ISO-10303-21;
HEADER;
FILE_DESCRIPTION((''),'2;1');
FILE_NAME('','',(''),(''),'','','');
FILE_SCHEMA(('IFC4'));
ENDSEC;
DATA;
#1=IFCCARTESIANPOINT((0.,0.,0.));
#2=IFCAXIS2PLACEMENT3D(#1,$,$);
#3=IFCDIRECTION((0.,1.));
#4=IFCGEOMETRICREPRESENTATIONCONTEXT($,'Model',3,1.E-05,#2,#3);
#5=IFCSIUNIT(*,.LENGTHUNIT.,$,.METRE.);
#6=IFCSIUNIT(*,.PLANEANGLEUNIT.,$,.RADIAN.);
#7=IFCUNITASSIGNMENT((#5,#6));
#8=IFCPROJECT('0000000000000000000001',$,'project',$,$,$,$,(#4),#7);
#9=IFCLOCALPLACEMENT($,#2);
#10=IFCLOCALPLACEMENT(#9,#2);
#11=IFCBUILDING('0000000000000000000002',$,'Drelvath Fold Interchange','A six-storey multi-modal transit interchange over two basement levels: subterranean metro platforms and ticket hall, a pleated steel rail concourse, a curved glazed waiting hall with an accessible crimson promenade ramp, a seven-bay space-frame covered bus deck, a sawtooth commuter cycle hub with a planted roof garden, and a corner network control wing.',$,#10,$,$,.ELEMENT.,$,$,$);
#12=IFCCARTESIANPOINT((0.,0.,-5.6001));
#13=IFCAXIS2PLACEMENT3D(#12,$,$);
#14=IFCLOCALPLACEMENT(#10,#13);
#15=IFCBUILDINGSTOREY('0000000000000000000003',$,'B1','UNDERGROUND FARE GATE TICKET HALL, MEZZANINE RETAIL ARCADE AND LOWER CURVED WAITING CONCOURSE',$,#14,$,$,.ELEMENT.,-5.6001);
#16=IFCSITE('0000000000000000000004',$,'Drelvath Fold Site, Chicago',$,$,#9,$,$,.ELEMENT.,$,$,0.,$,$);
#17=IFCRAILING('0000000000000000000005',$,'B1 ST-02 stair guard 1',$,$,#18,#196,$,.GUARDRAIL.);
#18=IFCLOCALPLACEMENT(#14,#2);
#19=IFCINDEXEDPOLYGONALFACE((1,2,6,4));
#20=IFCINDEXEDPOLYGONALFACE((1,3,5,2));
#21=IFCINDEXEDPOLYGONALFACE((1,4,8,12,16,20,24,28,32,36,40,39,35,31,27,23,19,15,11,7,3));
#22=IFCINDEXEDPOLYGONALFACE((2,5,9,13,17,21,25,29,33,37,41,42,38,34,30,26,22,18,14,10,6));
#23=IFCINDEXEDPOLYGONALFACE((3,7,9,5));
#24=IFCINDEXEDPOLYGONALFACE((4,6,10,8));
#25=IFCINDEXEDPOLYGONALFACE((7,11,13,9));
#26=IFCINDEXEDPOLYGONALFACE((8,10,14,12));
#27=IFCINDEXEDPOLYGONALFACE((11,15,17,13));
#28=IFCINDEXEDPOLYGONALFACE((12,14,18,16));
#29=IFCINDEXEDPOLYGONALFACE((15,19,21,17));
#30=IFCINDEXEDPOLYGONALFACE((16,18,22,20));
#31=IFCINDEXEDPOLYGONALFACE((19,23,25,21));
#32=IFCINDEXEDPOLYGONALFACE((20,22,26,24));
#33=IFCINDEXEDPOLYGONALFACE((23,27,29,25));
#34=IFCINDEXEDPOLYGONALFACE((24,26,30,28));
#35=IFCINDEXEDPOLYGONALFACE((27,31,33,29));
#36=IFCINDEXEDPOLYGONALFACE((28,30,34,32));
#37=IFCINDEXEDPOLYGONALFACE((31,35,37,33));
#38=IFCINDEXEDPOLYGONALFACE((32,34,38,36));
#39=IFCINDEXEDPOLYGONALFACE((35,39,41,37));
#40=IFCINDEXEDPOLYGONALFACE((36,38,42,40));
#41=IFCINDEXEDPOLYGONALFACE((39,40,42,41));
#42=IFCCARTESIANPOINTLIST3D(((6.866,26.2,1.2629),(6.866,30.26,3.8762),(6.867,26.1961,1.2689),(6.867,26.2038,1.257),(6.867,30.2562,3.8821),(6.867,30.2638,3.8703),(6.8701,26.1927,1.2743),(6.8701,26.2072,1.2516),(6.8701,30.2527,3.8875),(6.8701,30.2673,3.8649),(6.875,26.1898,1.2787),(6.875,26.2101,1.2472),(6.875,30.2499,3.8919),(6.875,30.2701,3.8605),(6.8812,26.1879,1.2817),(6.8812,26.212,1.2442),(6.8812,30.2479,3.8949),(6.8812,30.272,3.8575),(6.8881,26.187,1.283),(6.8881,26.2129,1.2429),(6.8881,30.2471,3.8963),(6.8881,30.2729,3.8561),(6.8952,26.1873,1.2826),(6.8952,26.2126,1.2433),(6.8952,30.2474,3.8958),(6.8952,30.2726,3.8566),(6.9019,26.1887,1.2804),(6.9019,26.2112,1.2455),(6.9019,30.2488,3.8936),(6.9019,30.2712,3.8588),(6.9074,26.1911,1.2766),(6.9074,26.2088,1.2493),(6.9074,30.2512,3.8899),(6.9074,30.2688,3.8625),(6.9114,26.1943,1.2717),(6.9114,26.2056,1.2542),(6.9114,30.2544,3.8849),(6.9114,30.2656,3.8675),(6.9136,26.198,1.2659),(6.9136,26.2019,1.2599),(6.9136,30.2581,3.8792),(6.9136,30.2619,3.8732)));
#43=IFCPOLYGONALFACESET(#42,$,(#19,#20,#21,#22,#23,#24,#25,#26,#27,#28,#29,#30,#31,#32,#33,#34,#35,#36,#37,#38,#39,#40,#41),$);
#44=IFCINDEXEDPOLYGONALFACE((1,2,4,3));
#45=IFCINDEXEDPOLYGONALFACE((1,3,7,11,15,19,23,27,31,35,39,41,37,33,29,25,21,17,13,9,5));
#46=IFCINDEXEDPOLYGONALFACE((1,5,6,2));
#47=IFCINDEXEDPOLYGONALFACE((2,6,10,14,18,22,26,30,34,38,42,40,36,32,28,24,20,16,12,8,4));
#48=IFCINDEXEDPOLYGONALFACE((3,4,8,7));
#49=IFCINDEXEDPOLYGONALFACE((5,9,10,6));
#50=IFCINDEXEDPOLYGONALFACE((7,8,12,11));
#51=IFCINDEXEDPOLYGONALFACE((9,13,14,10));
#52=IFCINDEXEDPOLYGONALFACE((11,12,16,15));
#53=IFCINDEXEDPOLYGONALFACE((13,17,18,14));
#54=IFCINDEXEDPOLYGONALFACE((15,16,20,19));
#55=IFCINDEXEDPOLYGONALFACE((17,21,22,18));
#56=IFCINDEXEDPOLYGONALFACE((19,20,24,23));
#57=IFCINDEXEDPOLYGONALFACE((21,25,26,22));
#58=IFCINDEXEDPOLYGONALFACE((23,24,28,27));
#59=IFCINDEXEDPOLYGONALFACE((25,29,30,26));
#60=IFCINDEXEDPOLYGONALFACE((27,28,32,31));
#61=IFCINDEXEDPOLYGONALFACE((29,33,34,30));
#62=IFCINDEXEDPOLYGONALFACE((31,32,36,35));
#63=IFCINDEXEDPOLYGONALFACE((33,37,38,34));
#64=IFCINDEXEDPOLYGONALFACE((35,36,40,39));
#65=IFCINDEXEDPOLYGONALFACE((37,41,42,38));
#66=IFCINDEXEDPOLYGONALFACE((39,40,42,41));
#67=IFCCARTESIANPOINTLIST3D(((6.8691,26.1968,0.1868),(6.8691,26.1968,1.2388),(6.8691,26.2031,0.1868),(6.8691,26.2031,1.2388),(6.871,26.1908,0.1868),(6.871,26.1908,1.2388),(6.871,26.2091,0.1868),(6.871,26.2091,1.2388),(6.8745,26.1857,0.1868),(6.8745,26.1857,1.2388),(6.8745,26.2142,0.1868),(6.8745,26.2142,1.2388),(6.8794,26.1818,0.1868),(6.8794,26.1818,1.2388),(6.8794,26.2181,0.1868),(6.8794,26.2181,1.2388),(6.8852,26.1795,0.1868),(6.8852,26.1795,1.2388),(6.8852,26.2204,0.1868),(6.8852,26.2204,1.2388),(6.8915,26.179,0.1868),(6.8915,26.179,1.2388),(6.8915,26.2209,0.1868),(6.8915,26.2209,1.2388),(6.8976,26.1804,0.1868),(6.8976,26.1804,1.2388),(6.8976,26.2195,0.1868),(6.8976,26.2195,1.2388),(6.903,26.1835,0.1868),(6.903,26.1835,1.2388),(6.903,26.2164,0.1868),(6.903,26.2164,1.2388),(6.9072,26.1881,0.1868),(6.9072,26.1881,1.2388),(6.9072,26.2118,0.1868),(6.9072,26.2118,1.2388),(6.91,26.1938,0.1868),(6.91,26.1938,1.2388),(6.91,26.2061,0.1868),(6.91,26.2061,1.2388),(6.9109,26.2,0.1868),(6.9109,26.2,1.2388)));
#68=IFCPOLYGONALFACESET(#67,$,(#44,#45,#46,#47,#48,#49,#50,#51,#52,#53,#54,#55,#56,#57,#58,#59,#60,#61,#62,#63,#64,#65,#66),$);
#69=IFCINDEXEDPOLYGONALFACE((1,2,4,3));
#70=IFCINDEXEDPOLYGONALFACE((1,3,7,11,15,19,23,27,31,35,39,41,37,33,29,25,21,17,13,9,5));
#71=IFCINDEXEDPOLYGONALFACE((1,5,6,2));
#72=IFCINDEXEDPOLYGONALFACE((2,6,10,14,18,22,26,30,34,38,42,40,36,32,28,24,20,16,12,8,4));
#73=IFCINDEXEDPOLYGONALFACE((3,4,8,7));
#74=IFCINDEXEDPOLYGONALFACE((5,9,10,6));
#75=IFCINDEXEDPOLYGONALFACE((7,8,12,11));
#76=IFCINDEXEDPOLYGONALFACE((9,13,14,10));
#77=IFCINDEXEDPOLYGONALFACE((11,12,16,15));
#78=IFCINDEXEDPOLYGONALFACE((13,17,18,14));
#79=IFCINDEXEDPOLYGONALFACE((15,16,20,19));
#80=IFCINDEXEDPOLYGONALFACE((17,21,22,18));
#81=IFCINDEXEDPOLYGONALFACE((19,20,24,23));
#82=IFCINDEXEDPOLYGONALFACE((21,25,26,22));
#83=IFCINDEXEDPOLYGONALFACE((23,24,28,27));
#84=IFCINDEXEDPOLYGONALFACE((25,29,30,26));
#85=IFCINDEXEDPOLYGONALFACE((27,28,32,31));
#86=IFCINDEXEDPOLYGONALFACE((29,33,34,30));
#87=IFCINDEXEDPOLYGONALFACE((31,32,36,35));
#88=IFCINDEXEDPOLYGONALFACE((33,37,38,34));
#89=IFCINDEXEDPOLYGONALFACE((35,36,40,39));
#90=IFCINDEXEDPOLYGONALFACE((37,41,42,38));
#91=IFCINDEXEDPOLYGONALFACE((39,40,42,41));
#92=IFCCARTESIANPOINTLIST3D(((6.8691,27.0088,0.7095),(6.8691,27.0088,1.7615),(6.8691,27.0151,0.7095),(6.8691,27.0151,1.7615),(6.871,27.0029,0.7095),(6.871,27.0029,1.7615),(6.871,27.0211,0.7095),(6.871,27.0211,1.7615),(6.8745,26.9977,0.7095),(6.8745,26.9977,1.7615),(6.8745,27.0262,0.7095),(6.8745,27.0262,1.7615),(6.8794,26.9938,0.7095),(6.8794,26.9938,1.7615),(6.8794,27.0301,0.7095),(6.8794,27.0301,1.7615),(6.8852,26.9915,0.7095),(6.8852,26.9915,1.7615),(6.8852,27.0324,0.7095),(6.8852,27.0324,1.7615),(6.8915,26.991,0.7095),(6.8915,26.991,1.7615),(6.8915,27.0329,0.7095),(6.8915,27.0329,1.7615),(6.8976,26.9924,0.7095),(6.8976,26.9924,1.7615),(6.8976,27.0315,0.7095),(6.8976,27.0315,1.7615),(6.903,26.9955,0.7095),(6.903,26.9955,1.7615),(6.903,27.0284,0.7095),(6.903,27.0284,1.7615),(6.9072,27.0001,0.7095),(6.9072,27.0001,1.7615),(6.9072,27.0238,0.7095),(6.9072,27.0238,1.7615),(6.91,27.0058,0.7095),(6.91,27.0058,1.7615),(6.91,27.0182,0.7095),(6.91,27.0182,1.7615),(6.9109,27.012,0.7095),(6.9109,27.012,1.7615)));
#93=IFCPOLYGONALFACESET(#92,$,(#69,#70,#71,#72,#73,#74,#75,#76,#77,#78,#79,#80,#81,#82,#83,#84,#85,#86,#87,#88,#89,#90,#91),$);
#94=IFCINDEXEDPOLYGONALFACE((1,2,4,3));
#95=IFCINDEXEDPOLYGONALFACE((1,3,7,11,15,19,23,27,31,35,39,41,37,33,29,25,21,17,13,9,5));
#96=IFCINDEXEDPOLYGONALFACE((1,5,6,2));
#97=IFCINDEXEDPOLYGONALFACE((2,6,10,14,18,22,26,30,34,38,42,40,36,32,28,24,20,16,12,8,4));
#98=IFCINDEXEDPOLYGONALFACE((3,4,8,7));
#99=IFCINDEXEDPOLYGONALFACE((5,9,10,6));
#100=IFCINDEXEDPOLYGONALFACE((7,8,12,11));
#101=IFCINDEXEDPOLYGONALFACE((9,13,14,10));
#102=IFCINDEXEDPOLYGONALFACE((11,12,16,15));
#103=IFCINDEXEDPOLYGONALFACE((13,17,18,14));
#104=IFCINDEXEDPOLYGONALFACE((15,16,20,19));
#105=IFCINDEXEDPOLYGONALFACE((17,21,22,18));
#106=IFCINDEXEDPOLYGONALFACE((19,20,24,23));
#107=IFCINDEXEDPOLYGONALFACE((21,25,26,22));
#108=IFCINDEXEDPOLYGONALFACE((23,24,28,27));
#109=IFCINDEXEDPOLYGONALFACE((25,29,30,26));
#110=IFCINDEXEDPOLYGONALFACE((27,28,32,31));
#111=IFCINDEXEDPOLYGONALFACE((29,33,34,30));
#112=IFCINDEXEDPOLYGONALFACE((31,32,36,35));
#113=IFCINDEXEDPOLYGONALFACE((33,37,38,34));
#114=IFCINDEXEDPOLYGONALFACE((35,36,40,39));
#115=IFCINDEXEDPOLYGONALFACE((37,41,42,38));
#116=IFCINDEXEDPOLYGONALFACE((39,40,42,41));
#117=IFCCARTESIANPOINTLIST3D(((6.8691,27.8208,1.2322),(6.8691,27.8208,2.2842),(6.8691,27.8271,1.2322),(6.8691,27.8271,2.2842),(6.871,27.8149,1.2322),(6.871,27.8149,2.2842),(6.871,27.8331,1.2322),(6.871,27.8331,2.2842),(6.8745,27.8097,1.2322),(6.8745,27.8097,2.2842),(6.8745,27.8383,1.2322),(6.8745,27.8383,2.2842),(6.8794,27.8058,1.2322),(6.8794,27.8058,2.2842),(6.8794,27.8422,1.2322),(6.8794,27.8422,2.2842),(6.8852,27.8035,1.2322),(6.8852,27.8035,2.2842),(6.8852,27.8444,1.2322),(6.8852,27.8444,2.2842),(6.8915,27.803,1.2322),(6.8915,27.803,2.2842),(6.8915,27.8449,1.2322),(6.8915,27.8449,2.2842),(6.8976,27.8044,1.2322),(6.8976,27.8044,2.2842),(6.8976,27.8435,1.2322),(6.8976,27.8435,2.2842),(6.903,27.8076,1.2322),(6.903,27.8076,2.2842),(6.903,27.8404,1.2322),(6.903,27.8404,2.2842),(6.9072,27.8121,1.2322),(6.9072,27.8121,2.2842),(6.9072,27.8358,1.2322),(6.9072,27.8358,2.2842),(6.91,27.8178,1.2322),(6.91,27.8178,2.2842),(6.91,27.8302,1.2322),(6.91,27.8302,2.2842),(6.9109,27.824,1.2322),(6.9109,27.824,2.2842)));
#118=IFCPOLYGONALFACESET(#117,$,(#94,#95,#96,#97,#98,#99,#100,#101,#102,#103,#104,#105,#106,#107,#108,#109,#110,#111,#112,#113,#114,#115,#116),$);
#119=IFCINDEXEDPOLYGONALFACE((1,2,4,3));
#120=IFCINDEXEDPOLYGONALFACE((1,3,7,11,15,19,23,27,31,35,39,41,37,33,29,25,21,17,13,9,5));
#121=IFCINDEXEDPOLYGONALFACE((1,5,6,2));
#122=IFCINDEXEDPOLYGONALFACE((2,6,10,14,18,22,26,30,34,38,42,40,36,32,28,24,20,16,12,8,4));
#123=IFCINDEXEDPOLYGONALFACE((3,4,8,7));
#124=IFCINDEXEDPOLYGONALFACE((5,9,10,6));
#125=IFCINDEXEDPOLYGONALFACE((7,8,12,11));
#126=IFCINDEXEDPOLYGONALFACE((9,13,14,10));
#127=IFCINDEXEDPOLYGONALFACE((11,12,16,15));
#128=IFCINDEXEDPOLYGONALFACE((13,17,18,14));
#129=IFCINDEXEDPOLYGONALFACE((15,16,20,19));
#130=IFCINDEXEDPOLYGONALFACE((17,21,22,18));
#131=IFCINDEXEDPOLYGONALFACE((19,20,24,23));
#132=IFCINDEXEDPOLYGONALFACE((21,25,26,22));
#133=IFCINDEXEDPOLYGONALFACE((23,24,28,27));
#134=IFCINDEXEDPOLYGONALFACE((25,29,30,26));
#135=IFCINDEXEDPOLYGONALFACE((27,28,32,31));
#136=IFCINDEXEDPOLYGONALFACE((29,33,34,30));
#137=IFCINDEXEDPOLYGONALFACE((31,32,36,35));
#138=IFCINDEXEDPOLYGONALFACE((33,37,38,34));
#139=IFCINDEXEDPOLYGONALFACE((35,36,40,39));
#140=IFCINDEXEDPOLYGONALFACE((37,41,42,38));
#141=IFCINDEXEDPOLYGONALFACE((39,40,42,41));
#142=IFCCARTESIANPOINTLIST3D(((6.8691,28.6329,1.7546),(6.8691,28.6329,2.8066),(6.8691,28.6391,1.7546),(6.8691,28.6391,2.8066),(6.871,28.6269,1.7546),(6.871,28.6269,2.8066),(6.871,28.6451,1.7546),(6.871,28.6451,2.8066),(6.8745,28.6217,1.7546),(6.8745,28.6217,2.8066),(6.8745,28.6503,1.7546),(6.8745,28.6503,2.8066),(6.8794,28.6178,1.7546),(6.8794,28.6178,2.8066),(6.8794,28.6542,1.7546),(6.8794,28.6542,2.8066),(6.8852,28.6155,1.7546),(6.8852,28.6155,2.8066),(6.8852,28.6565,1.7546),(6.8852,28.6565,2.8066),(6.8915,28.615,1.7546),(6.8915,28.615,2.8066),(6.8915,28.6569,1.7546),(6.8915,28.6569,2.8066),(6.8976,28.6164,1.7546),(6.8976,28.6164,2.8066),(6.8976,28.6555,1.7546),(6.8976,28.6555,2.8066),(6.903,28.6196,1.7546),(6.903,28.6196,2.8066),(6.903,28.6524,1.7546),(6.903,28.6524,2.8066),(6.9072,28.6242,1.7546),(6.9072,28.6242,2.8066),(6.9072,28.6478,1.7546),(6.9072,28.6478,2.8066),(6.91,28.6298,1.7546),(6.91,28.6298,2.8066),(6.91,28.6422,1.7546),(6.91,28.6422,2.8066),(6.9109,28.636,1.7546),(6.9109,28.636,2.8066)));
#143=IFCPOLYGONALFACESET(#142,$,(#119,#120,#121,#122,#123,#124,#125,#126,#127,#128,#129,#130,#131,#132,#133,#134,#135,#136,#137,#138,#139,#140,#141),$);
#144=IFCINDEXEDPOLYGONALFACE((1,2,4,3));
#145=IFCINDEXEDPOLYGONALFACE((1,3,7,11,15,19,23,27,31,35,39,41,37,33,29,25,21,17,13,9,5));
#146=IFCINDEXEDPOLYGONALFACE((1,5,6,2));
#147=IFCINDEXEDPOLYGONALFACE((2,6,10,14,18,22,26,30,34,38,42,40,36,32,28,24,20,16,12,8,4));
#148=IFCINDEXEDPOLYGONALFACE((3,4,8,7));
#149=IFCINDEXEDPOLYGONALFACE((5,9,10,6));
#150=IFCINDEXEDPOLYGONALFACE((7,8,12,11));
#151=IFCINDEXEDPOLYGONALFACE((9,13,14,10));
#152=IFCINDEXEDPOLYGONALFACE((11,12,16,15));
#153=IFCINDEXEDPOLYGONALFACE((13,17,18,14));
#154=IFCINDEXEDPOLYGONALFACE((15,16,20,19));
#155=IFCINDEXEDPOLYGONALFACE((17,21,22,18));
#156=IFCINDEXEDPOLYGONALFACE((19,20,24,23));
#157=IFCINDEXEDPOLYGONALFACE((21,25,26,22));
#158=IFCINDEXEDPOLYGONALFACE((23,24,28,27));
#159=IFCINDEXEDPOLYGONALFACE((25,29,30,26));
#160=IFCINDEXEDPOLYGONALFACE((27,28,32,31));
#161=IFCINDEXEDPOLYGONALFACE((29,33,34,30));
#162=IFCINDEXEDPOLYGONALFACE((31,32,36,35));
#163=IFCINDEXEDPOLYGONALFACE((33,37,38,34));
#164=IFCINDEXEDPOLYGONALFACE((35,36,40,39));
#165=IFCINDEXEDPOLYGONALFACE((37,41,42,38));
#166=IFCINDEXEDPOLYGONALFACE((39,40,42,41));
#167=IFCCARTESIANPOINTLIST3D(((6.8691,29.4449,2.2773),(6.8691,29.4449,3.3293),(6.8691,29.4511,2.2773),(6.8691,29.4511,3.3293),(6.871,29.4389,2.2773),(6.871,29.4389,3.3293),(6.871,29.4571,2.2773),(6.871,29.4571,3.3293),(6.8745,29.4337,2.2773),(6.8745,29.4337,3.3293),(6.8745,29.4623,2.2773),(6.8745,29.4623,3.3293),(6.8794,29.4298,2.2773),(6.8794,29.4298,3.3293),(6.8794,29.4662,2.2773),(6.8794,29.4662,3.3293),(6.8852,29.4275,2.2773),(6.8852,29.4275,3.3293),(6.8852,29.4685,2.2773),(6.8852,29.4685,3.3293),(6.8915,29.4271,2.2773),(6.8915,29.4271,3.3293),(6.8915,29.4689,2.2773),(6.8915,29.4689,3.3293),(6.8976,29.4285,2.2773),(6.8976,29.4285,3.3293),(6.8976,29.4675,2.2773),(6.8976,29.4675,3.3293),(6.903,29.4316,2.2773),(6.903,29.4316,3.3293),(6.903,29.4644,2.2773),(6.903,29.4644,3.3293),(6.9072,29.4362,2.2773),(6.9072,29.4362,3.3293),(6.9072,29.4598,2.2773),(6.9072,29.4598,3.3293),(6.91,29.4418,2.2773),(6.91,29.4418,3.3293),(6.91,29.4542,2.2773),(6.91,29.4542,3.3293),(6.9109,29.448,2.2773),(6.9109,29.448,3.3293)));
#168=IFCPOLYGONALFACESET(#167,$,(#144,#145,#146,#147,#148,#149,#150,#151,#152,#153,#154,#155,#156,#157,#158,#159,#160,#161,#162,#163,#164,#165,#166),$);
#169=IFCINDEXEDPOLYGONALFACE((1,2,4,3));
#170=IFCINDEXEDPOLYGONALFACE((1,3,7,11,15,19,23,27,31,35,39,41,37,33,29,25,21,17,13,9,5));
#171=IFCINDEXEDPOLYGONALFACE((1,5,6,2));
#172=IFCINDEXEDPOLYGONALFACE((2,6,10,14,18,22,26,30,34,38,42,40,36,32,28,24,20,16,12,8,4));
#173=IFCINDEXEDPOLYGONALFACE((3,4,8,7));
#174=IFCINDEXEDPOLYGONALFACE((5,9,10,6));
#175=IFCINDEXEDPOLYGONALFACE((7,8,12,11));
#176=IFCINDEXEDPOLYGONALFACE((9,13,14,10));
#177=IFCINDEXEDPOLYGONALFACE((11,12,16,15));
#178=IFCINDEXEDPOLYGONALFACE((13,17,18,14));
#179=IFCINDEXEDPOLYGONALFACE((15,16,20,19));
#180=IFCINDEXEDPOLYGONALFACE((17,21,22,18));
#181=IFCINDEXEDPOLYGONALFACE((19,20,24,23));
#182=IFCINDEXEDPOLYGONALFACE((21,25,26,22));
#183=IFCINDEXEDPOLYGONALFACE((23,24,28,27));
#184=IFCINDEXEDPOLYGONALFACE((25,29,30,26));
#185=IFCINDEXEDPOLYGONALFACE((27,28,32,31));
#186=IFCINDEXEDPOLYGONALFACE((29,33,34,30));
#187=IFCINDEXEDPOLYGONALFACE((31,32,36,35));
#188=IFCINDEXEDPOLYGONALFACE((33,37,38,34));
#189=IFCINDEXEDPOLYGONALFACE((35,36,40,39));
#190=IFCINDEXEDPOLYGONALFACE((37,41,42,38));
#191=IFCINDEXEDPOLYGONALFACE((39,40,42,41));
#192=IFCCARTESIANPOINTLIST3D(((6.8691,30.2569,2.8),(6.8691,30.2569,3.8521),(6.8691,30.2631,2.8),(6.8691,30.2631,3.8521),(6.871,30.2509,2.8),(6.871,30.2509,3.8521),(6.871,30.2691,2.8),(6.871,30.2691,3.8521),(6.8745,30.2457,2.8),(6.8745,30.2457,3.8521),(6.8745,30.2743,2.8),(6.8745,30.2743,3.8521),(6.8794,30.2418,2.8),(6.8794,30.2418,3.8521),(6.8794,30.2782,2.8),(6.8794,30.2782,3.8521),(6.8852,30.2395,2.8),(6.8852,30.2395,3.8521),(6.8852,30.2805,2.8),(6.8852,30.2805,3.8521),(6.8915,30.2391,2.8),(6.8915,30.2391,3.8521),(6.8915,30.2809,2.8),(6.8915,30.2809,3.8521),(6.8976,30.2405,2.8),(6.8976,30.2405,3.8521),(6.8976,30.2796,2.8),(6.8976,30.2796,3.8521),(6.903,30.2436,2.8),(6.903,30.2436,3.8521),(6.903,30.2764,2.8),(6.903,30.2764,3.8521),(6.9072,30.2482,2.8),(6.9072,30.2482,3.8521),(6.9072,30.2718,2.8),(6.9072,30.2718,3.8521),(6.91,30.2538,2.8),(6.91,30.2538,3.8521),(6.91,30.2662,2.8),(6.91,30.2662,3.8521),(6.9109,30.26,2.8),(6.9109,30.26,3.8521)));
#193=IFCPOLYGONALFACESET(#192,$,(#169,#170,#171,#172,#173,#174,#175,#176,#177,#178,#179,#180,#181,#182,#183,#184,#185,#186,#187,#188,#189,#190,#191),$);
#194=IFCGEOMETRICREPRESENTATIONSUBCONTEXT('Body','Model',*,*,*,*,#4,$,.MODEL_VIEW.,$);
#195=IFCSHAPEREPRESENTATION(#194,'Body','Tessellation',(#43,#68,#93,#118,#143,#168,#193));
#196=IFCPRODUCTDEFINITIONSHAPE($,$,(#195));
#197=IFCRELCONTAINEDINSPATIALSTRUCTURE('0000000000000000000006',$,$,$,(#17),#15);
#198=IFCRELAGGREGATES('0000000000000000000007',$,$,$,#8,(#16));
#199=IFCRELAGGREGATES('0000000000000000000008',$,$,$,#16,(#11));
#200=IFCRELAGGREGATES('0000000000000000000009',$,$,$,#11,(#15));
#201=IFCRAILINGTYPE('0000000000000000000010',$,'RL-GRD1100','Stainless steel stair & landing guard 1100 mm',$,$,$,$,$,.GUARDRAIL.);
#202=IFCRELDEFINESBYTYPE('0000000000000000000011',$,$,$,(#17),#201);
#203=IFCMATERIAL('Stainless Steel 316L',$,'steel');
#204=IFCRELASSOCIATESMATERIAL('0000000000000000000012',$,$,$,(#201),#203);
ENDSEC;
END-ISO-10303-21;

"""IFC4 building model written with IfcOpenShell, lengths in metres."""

from ifc_helpers import new_model, si_unit, direction, frame, origin, origin_2d, place, context, subcontext, project, spatial, circle, extrude, material, type_object, element, save


model = new_model("IFC4")

# Units and contexts
model_context = context("Model", 3, precision=1e-05, world=origin(), true_north=direction((0.0, 1.0)))
body_context = subcontext(model_context, "Body", "Model", "MODEL_VIEW")
ifc_project = project(units=[si_unit("LENGTHUNIT", "METRE"), si_unit("PLANEANGLEUNIT", "RADIAN")], contexts=[model_context])

# Site, building, storey
site_placement = place(None, origin())
site = spatial("IfcSite", under=ifc_project, at=site_placement, Name="Drelvath Fold Site, Chicago", CompositionType="ELEMENT", RefElevation=0.0)
building_placement = place(site_placement, origin())
building = spatial("IfcBuilding", under=site, at=building_placement, Name="Drelvath Fold Interchange", Description="A six-storey multi-modal transit interchange over two basement levels: subterranean metro platforms and ticket hall, a pleated steel rail concourse, a curved glazed waiting hall with an accessible crimson promenade ramp, a seven-bay space-frame covered bus deck, a sawtooth commuter cycle hub with a planted roof garden, and a corner network control wing.", CompositionType="ELEMENT")
storey_placement = place(building_placement, frame((0.0, 0.0, -5.6001)))
storey = spatial("IfcBuildingStorey", under=building, at=storey_placement, Name="B1", Description="UNDERGROUND FARE GATE TICKET HALL, MEZZANINE RETAIL ARCADE AND LOWER CURVED WAITING CONCOURSE", CompositionType="ELEMENT", Elevation=-5.6001)

# Railing
ifc_material_1 = material(Name="Stainless Steel 316L", Category="steel")
railing_type_1 = type_object("IfcRailingType", Name="RL-GRD1100", Description="Stainless steel stair & landing guard 1100 mm", PredefinedType="GUARDRAIL", material=ifc_material_1)
railing_1_placement = place(storey_placement, frame((6.8899, 26.2, 0.1868)))
element("IfcRailing", 1, at=railing_1_placement, inside=storey, type_object=railing_type_1, Name="B1 ST-02 stair guard 1", PredefinedType="GUARDRAIL", context=body_context, shape_type="SweptSolid", body=[
    extrude(circle(Radius=0.0239, at=origin_2d()), frame((0.0, 0.0, 1.0762), z_axis=(0.0, 0.840873, 0.541233), x_axis=(-1.0, 0.0, 0.0)), (0.0, 0.0, 1.0), 4.8284),
    extrude(circle(Radius=0.021, at=origin_2d()), origin(), (0.0, 0.0, 1.0), 1.052),
    extrude(circle(Radius=0.021, at=origin_2d()), frame((0.0, 0.812, 0.5227)), (0.0, 0.0, 1.0), 1.052),
    extrude(circle(Radius=0.021, at=origin_2d()), frame((0.0, 1.624, 1.0454)), (0.0, 0.0, 1.0), 1.052),
    extrude(circle(Radius=0.021, at=origin_2d()), frame((0.0, 2.436, 1.5679)), (0.0, 0.0, 1.0), 1.052),
    extrude(circle(Radius=0.021, at=origin_2d()), frame((0.0, 3.248, 2.0906)), (0.0, 0.0, 1.0), 1.052),
    extrude(circle(Radius=0.021, at=origin_2d()), frame((0.0, 4.0601, 2.6133)), (0.0, 0.0, 1.0), 1.052),
])

save(model, "model.ifc")
